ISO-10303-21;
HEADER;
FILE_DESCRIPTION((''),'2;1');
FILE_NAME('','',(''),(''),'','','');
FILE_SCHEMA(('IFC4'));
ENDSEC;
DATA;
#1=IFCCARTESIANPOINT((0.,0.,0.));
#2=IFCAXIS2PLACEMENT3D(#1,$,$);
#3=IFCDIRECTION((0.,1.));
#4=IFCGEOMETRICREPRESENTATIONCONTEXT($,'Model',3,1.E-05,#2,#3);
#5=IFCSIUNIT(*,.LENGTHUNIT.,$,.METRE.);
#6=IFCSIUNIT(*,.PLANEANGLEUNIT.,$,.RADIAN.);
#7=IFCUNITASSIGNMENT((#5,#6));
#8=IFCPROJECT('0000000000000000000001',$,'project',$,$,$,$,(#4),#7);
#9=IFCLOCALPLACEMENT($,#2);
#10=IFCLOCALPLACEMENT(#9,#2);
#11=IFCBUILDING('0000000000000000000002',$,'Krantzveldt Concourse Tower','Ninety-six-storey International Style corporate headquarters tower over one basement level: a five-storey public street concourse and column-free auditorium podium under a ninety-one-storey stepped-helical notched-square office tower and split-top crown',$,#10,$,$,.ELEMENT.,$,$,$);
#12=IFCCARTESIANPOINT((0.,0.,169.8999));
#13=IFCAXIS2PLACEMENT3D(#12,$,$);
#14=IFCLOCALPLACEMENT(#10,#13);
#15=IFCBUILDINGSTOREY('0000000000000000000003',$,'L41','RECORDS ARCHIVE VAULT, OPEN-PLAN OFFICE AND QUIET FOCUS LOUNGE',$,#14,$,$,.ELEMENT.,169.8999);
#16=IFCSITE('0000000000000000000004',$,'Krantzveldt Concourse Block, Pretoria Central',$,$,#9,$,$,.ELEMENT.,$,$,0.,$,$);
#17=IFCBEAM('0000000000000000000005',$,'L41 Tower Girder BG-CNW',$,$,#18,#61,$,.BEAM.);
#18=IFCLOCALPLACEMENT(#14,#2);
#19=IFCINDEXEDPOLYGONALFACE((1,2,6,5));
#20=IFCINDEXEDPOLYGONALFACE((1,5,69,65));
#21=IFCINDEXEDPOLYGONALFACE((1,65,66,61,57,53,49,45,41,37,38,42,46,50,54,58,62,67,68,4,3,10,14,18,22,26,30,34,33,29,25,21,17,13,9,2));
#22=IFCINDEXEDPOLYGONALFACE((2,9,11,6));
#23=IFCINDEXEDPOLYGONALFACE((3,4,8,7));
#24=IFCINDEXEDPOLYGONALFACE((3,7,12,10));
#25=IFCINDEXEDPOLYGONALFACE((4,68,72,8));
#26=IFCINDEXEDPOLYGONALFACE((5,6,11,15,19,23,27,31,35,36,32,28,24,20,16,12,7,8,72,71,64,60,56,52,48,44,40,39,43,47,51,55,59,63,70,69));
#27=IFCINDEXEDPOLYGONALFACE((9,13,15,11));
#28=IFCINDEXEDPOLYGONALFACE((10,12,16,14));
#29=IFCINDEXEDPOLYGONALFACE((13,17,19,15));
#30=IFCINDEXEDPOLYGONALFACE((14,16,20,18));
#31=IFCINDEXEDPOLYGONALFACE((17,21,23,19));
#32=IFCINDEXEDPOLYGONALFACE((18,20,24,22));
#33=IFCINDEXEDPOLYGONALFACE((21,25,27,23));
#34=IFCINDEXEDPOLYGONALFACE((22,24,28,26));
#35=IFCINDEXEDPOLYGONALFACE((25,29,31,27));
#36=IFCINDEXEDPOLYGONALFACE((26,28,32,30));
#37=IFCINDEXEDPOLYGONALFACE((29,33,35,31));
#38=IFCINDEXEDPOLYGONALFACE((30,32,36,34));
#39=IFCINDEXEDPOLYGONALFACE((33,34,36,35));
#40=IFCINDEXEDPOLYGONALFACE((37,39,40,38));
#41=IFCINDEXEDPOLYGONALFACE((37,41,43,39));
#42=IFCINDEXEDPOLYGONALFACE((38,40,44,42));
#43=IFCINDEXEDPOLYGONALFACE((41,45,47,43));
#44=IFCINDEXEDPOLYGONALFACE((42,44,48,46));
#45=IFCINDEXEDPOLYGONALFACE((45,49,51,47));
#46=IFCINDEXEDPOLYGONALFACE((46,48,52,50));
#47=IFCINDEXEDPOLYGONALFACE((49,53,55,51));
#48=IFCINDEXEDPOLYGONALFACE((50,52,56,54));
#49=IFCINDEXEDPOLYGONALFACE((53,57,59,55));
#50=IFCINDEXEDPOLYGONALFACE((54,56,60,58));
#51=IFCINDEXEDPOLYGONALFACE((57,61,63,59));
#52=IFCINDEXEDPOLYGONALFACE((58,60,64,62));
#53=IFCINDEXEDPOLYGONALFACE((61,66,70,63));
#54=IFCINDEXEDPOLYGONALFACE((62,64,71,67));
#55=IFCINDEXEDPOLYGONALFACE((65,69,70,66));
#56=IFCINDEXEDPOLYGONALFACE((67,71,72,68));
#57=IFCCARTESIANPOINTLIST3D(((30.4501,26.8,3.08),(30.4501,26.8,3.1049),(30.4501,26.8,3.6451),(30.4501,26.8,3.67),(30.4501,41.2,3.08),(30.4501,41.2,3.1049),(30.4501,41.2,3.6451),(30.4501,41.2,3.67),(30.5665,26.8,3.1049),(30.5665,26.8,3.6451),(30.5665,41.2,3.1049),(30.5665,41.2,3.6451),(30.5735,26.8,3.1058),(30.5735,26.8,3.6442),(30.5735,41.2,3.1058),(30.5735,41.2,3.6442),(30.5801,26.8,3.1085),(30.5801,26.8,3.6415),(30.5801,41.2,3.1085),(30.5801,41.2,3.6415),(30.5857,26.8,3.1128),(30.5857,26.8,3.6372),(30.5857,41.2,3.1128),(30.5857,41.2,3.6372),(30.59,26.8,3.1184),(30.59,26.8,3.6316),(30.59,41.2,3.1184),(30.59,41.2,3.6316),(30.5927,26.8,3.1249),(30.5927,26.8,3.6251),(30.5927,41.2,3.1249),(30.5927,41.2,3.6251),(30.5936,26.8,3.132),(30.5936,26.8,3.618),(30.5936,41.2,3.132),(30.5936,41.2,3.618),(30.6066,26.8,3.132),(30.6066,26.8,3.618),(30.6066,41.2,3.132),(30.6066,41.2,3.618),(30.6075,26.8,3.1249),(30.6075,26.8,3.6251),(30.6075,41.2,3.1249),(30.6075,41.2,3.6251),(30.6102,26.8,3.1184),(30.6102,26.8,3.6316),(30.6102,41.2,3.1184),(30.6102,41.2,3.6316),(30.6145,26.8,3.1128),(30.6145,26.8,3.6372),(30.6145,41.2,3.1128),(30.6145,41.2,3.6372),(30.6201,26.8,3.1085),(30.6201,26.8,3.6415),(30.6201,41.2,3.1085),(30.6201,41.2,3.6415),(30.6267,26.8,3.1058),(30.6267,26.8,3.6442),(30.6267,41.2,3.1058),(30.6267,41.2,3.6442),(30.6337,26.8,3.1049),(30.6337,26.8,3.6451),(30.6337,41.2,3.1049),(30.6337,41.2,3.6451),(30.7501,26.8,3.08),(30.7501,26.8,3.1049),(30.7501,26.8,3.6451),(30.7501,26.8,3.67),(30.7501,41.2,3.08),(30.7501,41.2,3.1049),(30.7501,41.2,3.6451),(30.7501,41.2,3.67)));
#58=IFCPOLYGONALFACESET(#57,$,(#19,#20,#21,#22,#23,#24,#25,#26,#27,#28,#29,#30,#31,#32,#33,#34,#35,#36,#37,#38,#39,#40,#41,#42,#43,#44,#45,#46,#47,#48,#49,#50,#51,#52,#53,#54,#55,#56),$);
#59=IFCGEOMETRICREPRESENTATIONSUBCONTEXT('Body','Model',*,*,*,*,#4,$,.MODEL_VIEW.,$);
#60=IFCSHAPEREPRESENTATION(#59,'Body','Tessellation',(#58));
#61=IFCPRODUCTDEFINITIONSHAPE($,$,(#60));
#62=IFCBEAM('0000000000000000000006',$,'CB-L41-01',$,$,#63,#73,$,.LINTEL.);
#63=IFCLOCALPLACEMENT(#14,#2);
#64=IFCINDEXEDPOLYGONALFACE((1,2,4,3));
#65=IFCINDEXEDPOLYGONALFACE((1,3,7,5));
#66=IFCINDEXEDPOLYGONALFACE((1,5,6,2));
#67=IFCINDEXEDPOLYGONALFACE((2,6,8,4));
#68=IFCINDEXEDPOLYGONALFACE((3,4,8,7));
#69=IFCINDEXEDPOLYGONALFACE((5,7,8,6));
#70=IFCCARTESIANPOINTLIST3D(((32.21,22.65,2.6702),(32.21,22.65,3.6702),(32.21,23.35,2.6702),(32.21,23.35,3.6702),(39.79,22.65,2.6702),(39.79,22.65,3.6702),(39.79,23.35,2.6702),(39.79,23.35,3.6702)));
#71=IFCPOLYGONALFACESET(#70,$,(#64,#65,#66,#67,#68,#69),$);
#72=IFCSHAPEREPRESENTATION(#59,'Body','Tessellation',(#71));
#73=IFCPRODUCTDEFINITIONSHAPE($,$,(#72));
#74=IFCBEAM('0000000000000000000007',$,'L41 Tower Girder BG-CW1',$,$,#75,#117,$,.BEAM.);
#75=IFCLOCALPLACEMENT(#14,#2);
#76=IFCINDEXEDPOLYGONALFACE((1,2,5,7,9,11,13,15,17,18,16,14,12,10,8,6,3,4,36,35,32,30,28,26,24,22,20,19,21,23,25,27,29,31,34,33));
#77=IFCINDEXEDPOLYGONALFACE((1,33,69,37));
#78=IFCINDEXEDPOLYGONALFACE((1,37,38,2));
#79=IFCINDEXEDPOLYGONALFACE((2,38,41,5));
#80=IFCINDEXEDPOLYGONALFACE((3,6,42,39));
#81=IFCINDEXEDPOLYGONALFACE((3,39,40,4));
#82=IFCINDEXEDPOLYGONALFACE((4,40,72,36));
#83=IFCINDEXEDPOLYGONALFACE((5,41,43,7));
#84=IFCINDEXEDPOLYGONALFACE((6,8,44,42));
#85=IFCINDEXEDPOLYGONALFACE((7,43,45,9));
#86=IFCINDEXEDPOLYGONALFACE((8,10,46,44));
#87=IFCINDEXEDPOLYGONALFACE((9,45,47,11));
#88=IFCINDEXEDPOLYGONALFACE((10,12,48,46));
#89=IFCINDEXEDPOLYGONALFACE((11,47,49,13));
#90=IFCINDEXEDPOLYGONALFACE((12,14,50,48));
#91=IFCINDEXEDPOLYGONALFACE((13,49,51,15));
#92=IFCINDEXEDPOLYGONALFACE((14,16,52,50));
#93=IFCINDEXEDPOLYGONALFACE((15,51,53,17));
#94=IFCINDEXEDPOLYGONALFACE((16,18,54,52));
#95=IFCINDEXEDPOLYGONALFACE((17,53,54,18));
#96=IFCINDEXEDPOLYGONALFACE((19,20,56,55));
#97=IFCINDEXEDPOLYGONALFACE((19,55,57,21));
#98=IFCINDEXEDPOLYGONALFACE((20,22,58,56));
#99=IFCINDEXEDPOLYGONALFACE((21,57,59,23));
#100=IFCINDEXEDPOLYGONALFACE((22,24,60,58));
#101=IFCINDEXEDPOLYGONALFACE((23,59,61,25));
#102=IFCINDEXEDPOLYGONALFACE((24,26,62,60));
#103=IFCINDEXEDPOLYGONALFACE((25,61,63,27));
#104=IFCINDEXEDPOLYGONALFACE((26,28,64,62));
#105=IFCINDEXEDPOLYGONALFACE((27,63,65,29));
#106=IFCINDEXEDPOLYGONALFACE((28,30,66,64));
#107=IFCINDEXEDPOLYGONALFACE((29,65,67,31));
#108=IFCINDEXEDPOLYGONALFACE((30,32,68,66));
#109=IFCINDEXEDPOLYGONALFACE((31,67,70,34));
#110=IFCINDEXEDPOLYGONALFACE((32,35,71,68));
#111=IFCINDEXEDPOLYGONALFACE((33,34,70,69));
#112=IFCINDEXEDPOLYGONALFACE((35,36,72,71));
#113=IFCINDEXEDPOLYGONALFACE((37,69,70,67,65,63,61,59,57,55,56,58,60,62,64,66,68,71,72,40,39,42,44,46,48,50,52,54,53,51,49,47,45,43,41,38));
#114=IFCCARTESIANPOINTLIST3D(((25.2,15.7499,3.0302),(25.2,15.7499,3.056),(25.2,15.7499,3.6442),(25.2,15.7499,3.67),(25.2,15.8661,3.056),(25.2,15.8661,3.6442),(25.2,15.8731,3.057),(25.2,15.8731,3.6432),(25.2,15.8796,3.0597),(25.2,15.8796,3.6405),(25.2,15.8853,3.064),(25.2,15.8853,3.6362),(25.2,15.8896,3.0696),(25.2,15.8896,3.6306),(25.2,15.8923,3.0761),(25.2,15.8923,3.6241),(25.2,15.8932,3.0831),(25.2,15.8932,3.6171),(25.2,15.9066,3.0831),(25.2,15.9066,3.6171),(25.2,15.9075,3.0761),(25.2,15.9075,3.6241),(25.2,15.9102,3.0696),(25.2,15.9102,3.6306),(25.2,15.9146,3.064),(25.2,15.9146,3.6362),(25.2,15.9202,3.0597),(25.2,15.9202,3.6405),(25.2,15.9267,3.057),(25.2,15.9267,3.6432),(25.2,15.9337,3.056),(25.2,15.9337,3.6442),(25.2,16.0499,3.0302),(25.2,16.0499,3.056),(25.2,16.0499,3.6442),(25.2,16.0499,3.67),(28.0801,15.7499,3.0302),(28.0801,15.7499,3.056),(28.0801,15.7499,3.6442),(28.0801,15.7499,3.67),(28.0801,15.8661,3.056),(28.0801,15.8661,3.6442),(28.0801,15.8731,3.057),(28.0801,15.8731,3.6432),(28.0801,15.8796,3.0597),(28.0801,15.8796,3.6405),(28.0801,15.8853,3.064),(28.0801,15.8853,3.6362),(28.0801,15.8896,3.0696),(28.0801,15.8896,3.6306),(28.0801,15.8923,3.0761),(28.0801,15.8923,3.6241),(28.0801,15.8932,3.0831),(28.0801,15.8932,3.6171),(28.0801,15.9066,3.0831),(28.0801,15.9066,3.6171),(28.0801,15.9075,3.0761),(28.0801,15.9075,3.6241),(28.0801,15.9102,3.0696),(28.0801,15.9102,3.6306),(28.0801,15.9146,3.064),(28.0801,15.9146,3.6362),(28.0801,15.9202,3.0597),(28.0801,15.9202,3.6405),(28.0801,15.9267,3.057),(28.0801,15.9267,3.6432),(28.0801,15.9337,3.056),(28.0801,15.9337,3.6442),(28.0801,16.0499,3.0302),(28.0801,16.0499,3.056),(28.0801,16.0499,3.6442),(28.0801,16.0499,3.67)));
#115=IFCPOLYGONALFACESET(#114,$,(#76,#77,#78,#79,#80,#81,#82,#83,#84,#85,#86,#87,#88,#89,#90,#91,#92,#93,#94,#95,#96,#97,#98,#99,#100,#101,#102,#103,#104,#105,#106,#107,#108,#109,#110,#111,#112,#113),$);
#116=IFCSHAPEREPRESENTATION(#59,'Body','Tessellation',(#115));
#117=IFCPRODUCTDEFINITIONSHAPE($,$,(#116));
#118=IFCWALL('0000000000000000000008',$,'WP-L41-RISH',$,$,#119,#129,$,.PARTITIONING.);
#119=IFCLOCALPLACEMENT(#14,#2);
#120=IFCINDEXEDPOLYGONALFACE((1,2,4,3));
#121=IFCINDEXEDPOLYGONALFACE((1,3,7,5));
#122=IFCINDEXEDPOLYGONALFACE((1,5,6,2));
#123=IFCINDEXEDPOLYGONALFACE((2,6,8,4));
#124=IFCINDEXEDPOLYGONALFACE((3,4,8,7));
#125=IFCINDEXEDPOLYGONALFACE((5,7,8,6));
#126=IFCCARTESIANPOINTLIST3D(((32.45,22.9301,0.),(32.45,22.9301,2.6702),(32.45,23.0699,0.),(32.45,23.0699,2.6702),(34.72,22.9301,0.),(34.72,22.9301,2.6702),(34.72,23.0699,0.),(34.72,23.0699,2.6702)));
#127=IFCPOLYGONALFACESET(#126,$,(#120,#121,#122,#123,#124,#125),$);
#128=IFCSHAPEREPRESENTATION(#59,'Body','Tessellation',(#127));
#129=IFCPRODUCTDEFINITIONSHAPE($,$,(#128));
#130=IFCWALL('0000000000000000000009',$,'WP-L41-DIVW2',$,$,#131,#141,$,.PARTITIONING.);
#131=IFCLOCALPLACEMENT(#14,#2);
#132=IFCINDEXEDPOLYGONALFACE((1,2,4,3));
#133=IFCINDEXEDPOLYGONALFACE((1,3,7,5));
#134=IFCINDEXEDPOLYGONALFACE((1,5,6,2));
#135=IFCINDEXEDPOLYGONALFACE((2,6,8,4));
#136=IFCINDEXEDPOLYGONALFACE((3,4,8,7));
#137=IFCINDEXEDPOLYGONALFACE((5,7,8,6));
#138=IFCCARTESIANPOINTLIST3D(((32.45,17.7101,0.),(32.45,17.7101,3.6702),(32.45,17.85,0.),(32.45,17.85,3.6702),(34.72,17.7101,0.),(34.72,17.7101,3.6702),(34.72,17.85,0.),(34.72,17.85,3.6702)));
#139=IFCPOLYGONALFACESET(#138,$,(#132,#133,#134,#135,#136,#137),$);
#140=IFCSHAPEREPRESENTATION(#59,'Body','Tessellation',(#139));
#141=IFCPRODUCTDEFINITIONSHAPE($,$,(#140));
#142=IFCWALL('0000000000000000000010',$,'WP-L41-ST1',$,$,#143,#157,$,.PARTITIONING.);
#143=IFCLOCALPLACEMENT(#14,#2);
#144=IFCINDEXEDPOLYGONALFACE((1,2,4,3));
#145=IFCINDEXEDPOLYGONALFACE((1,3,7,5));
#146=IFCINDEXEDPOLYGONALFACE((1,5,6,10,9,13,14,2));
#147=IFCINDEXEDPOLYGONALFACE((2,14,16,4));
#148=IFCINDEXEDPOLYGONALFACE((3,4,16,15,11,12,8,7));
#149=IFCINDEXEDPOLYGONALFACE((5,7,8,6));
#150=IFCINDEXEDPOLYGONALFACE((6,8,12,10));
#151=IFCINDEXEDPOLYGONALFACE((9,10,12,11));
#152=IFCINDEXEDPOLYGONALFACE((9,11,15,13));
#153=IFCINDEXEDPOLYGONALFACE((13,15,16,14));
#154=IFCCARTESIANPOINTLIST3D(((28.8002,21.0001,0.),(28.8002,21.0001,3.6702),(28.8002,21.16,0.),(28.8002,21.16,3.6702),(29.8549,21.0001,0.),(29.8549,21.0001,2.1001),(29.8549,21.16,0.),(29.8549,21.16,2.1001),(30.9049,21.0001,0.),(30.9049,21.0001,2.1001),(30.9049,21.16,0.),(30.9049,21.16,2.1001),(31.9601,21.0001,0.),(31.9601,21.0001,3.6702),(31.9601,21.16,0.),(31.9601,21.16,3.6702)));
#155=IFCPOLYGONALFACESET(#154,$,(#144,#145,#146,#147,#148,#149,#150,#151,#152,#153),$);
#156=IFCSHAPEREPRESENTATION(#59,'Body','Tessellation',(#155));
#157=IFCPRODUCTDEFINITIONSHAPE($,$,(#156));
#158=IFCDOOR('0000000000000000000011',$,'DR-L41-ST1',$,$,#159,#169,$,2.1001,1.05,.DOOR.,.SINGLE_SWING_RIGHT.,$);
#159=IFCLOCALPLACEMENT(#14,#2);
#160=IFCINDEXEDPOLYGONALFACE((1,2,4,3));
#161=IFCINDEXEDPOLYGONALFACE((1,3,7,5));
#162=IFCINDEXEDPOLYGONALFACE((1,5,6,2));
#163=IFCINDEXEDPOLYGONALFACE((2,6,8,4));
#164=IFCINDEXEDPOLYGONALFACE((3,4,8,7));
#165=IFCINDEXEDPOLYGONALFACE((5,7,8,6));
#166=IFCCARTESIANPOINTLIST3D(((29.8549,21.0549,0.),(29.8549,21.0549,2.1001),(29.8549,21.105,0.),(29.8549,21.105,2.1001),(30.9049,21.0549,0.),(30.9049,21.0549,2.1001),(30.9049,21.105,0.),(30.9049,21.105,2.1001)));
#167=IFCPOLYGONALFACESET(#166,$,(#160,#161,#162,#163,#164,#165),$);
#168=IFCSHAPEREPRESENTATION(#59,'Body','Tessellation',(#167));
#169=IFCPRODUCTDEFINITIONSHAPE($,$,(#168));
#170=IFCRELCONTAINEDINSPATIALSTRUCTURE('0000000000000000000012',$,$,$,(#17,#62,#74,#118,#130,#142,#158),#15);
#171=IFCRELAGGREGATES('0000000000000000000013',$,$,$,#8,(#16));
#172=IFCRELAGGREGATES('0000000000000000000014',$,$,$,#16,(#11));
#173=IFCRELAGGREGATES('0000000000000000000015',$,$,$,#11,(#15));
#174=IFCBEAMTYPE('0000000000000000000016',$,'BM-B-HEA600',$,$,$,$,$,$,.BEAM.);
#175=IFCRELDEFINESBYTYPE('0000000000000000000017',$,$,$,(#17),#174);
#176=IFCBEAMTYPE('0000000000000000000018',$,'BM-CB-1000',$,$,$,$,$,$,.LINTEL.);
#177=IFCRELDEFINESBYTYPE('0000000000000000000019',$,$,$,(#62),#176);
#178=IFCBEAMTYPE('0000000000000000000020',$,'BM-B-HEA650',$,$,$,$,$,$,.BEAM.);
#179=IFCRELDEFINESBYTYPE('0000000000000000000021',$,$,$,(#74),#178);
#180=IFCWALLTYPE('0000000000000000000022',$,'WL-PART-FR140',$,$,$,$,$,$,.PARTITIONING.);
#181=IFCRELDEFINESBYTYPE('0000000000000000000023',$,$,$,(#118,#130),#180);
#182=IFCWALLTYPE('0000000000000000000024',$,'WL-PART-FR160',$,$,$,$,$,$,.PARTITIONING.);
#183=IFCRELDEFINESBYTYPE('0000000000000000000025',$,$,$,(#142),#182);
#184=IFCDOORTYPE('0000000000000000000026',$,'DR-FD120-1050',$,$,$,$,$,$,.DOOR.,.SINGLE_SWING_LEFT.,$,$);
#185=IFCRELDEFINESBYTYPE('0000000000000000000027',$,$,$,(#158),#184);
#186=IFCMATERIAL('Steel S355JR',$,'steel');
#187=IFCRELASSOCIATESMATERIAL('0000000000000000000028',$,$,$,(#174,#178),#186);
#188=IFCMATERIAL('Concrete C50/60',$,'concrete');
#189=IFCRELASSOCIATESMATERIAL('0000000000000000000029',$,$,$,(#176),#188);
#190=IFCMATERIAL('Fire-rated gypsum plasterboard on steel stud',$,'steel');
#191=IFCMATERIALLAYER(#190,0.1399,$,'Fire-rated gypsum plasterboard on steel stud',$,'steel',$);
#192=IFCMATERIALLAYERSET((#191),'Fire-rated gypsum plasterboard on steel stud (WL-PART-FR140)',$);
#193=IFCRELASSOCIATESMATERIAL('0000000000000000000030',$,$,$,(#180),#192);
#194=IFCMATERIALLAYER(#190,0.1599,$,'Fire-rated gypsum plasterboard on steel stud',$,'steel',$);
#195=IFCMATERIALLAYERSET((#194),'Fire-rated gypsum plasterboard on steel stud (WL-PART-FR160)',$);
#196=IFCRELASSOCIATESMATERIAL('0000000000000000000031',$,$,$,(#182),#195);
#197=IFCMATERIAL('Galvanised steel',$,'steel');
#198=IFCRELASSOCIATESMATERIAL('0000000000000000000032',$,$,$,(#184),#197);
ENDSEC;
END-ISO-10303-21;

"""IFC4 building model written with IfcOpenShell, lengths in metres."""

from ifc_helpers import new_model, si_unit, direction, frame, frame_2d, origin, origin_2d, place, context, subcontext, project, spatial, rectangle, i_section, extrude, source, transform, mapped, material, layer, layer_set, material_profile, profile_set, type_object, type_shapes, element, fill, save


model = new_model("IFC4")

# Units and contexts
model_context = context("Model", 3, precision=1e-05, world=origin(), true_north=direction((0.0, 1.0)))
body_context = subcontext(model_context, "Body", "Model", "MODEL_VIEW")
ifc_project = project(units=[si_unit("LENGTHUNIT", "METRE"), si_unit("PLANEANGLEUNIT", "RADIAN")], contexts=[model_context])

# Site, building, storey
site_placement = place(None, origin())
site = spatial("IfcSite", under=ifc_project, at=site_placement, Name="Krantzveldt Concourse Block, Pretoria Central", CompositionType="ELEMENT", RefElevation=0.0)
building_placement = place(site_placement, origin())
building = spatial("IfcBuilding", under=site, at=building_placement, Name="Krantzveldt Concourse Tower", Description="Ninety-six-storey International Style corporate headquarters tower over one basement level: a five-storey public street concourse and column-free auditorium podium under a ninety-one-storey stepped-helical notched-square office tower and split-top crown", CompositionType="ELEMENT")
storey_placement = place(building_placement, frame((0.0, 0.0, 169.8999)))
storey = spatial("IfcBuildingStorey", under=building, at=storey_placement, Name="L41", Description="RECORDS ARCHIVE VAULT, OPEN-PLAN OFFICE AND QUIET FOCUS LOUNGE", CompositionType="ELEMENT", Elevation=169.8999)

# Beams
ifc_material_1 = material(Name="Steel S355JR", Category="steel")
ifc_material_profile_1 = material_profile(ifc_material_1, i_section(OverallWidth=0.3, OverallDepth=0.5901, WebThickness=0.0129, FlangeThickness=0.0249, FilletRadius=0.0271, at=origin_2d()), Name="Steel S355JR", Category="steel")
ifc_profile_set_1 = profile_set([ifc_material_profile_1], Name="Steel S355JR - HEA 600")
beam_type_1 = type_object("IfcBeamType", Name="BM-B-HEA600", PredefinedType="BEAM", material=ifc_profile_set_1)
shared_shape_1 = source(origin(), body_context, "Body", "SweptSolid", [
    extrude(i_section(OverallWidth=0.3, OverallDepth=0.5901, WebThickness=0.0129, FlangeThickness=0.0249, FilletRadius=0.0271, at=origin_2d()), origin(), (0.0, 0.0, 1.0), 14.3999),
])
type_shapes(beam_type_1, [shared_shape_1])
beam_1_placement = place(storey_placement, frame((30.6001, 26.8, 3.375), z_axis=(0.0, 1.0, 0.0), x_axis=(-1.0, 0.0, 0.0)))
element("IfcBeam", 1, at=beam_1_placement, inside=storey, type_object=beam_type_1, Name="L41 Tower Girder BG-CNW", PredefinedType="BEAM", context=body_context, shape_type="MappedRepresentation", body=[
    mapped(shared_shape_1, transform((0.0, 0.0, 0.0), x_axis=(1.0, 0.0, 0.0), y_axis=(0.0, 1.0, 0.0), z_axis=(0.0, 0.0, 1.0), scale=1.0)),
])
ifc_material_2 = material(Name="Concrete C50/60", Category="concrete")
ifc_material_profile_2 = material_profile(ifc_material_2, rectangle(XDim=0.7, YDim=1.0, at=origin_2d()), Name="Concrete C50/60", Category="concrete")
ifc_profile_set_2 = profile_set([ifc_material_profile_2], Name="Concrete C50/60 - RC-CB 700x1000")
beam_type_2 = type_object("IfcBeamType", Name="BM-CB-1000", PredefinedType="LINTEL", material=ifc_profile_set_2)
shared_shape_2 = source(origin(), body_context, "Body", "SweptSolid", [
    extrude(rectangle(XDim=0.7, YDim=1.0, at=origin_2d()), origin(), (0.0, 0.0, 1.0), 7.5801),
])
type_shapes(beam_type_2, [shared_shape_2])
beam_2_placement = place(storey_placement, frame((32.21, 23.0, 3.1702), z_axis=(1.0, 0.0, 0.0), x_axis=(0.0, 1.0, 0.0)))
element("IfcBeam", 2, at=beam_2_placement, inside=storey, type_object=beam_type_2, Name="CB-L41-01", PredefinedType="LINTEL", context=body_context, shape_type="MappedRepresentation", body=[
    mapped(shared_shape_2, transform((0.0, 0.0, 0.0), x_axis=(1.0, 0.0, 0.0), y_axis=(0.0, 1.0, 0.0), z_axis=(0.0, 0.0, 1.0), scale=1.0)),
])
ifc_material_profile_3 = material_profile(ifc_material_1, i_section(OverallWidth=0.3, OverallDepth=0.6399, WebThickness=0.0134, FlangeThickness=0.0259, FilletRadius=0.0271, at=origin_2d()), Name="Steel S355JR", Category="steel")
ifc_profile_set_3 = profile_set([ifc_material_profile_3], Name="Steel S355JR - HEA 650")
beam_type_3 = type_object("IfcBeamType", Name="BM-B-HEA650", PredefinedType="BEAM", material=ifc_profile_set_3)
shared_shape_3 = source(origin(), body_context, "Body", "SweptSolid", [
    extrude(i_section(OverallWidth=0.3, OverallDepth=0.6399, WebThickness=0.0134, FlangeThickness=0.0259, FilletRadius=0.0271, at=origin_2d()), origin(), (0.0, 0.0, 1.0), 2.8801),
])
type_shapes(beam_type_3, [shared_shape_3])
beam_3_placement = place(storey_placement, frame((25.2, 15.8999, 3.3501), z_axis=(1.0, 0.0, 0.0), x_axis=(0.0, 1.0, 0.0)))
element("IfcBeam", 3, at=beam_3_placement, inside=storey, type_object=beam_type_3, Name="L41 Tower Girder BG-CW1", PredefinedType="BEAM", context=body_context, shape_type="MappedRepresentation", body=[
    mapped(shared_shape_3, transform((0.0, 0.0, 0.0), x_axis=(1.0, 0.0, 0.0), y_axis=(0.0, 1.0, 0.0), z_axis=(0.0, 0.0, 1.0), scale=1.0)),
])

# Walls
ifc_material_3 = material(Name="Fire-rated gypsum plasterboard on steel stud", Category="steel")
ifc_layer_1 = layer(ifc_material_3, 0.1399, Name="Fire-rated gypsum plasterboard on steel stud", Category="steel")
ifc_layer_set_1 = layer_set([ifc_layer_1], Name="Fire-rated gypsum plasterboard on steel stud (WL-PART-FR140)")
wall_type_1 = type_object("IfcWallType", Name="WL-PART-FR140", PredefinedType="PARTITIONING", material=ifc_layer_set_1)
wall_1_placement = place(storey_placement, frame((32.45, 23.0, 0.0), z_axis=(0.0, 0.0, 1.0), x_axis=(1.0, 0.0, 0.0)))
element("IfcWall", 4, at=wall_1_placement, inside=storey, type_object=wall_type_1, Name="WP-L41-RISH", PredefinedType="PARTITIONING", context=body_context, shape_type="SweptSolid", body=[
    extrude(rectangle(XDim=2.27, YDim=0.1399, at=frame_2d((1.135, 0.0))), origin(), (0.0, 0.0, 1.0), 2.6702),
])
wall_2_placement = place(storey_placement, frame((32.45, 17.78, 0.0), z_axis=(0.0, 0.0, 1.0), x_axis=(1.0, 0.0, 0.0)))
element("IfcWall", 5, at=wall_2_placement, inside=storey, type_object=wall_type_1, Name="WP-L41-DIVW2", PredefinedType="PARTITIONING", context=body_context, shape_type="SweptSolid", body=[
    extrude(rectangle(XDim=2.27, YDim=0.1399, at=frame_2d((1.135, 0.0))), origin(), (0.0, 0.0, 1.0), 3.6702),
])

# Wall, opening, door
ifc_layer_2 = layer(ifc_material_3, 0.1599, Name="Fire-rated gypsum plasterboard on steel stud", Category="steel")
ifc_layer_set_2 = layer_set([ifc_layer_2], Name="Fire-rated gypsum plasterboard on steel stud (WL-PART-FR160)")
wall_type_2 = type_object("IfcWallType", Name="WL-PART-FR160", PredefinedType="PARTITIONING", material=ifc_layer_set_2)
wall_3_placement = place(storey_placement, frame((28.8, 21.0801, 0.0), z_axis=(0.0, 0.0, 1.0), x_axis=(1.0, 0.0, 0.0)))
wall_3 = element("IfcWall", 6, at=wall_3_placement, inside=storey, type_object=wall_type_2, Name="WP-L41-ST1", PredefinedType="PARTITIONING", context=body_context, shape_type="SweptSolid", body=[
    extrude(rectangle(XDim=3.1599, YDim=0.1599, at=frame_2d((1.5801, 0.0))), origin(), (0.0, 0.0, 1.0), 3.6702),
])
opening_1_placement = place(wall_3_placement, frame((1.0549, 0.0, 0.0)))
opening_1 = element("IfcOpeningElement", 7, at=opening_1_placement, cuts=wall_3, PredefinedType="OPENING", context=body_context, shape_type="SweptSolid", body=[
    extrude(rectangle(XDim=1.05, YDim=2.1001, at=frame_2d((0.5249, 1.05))), frame((0.0, 0.0898, 0.0), z_axis=(0.0, -1.0, 0.0), x_axis=(1.0, 0.0, 0.0)), (0.0, 0.0, 1.0), 0.1799),
])
ifc_material_4 = material(Name="Galvanised steel", Category="steel")
door_type_1 = type_object("IfcDoorType", Name="DR-FD120-1050", OperationType="SINGLE_SWING_LEFT", PredefinedType="DOOR", material=ifc_material_4)
door_1_placement = place(opening_1_placement, origin())
door_1 = element("IfcDoor", 8, at=door_1_placement, inside=storey, type_object=door_type_1, Name="DR-L41-ST1", OperationType="SINGLE_SWING_RIGHT", OverallHeight=2.1001, OverallWidth=1.05, PredefinedType="DOOR", context=body_context, shape_type="SweptSolid", body=[
    extrude(rectangle(XDim=1.05, YDim=2.1001, at=frame_2d((0.5249, 1.05))), frame((0.0, 0.0249, 0.0), z_axis=(0.0, -1.0, 0.0), x_axis=(1.0, 0.0, 0.0)), (0.0, 0.0, 1.0), 0.05),
])
fill(opening_1, door_1)

save(model, "model.ifc")
